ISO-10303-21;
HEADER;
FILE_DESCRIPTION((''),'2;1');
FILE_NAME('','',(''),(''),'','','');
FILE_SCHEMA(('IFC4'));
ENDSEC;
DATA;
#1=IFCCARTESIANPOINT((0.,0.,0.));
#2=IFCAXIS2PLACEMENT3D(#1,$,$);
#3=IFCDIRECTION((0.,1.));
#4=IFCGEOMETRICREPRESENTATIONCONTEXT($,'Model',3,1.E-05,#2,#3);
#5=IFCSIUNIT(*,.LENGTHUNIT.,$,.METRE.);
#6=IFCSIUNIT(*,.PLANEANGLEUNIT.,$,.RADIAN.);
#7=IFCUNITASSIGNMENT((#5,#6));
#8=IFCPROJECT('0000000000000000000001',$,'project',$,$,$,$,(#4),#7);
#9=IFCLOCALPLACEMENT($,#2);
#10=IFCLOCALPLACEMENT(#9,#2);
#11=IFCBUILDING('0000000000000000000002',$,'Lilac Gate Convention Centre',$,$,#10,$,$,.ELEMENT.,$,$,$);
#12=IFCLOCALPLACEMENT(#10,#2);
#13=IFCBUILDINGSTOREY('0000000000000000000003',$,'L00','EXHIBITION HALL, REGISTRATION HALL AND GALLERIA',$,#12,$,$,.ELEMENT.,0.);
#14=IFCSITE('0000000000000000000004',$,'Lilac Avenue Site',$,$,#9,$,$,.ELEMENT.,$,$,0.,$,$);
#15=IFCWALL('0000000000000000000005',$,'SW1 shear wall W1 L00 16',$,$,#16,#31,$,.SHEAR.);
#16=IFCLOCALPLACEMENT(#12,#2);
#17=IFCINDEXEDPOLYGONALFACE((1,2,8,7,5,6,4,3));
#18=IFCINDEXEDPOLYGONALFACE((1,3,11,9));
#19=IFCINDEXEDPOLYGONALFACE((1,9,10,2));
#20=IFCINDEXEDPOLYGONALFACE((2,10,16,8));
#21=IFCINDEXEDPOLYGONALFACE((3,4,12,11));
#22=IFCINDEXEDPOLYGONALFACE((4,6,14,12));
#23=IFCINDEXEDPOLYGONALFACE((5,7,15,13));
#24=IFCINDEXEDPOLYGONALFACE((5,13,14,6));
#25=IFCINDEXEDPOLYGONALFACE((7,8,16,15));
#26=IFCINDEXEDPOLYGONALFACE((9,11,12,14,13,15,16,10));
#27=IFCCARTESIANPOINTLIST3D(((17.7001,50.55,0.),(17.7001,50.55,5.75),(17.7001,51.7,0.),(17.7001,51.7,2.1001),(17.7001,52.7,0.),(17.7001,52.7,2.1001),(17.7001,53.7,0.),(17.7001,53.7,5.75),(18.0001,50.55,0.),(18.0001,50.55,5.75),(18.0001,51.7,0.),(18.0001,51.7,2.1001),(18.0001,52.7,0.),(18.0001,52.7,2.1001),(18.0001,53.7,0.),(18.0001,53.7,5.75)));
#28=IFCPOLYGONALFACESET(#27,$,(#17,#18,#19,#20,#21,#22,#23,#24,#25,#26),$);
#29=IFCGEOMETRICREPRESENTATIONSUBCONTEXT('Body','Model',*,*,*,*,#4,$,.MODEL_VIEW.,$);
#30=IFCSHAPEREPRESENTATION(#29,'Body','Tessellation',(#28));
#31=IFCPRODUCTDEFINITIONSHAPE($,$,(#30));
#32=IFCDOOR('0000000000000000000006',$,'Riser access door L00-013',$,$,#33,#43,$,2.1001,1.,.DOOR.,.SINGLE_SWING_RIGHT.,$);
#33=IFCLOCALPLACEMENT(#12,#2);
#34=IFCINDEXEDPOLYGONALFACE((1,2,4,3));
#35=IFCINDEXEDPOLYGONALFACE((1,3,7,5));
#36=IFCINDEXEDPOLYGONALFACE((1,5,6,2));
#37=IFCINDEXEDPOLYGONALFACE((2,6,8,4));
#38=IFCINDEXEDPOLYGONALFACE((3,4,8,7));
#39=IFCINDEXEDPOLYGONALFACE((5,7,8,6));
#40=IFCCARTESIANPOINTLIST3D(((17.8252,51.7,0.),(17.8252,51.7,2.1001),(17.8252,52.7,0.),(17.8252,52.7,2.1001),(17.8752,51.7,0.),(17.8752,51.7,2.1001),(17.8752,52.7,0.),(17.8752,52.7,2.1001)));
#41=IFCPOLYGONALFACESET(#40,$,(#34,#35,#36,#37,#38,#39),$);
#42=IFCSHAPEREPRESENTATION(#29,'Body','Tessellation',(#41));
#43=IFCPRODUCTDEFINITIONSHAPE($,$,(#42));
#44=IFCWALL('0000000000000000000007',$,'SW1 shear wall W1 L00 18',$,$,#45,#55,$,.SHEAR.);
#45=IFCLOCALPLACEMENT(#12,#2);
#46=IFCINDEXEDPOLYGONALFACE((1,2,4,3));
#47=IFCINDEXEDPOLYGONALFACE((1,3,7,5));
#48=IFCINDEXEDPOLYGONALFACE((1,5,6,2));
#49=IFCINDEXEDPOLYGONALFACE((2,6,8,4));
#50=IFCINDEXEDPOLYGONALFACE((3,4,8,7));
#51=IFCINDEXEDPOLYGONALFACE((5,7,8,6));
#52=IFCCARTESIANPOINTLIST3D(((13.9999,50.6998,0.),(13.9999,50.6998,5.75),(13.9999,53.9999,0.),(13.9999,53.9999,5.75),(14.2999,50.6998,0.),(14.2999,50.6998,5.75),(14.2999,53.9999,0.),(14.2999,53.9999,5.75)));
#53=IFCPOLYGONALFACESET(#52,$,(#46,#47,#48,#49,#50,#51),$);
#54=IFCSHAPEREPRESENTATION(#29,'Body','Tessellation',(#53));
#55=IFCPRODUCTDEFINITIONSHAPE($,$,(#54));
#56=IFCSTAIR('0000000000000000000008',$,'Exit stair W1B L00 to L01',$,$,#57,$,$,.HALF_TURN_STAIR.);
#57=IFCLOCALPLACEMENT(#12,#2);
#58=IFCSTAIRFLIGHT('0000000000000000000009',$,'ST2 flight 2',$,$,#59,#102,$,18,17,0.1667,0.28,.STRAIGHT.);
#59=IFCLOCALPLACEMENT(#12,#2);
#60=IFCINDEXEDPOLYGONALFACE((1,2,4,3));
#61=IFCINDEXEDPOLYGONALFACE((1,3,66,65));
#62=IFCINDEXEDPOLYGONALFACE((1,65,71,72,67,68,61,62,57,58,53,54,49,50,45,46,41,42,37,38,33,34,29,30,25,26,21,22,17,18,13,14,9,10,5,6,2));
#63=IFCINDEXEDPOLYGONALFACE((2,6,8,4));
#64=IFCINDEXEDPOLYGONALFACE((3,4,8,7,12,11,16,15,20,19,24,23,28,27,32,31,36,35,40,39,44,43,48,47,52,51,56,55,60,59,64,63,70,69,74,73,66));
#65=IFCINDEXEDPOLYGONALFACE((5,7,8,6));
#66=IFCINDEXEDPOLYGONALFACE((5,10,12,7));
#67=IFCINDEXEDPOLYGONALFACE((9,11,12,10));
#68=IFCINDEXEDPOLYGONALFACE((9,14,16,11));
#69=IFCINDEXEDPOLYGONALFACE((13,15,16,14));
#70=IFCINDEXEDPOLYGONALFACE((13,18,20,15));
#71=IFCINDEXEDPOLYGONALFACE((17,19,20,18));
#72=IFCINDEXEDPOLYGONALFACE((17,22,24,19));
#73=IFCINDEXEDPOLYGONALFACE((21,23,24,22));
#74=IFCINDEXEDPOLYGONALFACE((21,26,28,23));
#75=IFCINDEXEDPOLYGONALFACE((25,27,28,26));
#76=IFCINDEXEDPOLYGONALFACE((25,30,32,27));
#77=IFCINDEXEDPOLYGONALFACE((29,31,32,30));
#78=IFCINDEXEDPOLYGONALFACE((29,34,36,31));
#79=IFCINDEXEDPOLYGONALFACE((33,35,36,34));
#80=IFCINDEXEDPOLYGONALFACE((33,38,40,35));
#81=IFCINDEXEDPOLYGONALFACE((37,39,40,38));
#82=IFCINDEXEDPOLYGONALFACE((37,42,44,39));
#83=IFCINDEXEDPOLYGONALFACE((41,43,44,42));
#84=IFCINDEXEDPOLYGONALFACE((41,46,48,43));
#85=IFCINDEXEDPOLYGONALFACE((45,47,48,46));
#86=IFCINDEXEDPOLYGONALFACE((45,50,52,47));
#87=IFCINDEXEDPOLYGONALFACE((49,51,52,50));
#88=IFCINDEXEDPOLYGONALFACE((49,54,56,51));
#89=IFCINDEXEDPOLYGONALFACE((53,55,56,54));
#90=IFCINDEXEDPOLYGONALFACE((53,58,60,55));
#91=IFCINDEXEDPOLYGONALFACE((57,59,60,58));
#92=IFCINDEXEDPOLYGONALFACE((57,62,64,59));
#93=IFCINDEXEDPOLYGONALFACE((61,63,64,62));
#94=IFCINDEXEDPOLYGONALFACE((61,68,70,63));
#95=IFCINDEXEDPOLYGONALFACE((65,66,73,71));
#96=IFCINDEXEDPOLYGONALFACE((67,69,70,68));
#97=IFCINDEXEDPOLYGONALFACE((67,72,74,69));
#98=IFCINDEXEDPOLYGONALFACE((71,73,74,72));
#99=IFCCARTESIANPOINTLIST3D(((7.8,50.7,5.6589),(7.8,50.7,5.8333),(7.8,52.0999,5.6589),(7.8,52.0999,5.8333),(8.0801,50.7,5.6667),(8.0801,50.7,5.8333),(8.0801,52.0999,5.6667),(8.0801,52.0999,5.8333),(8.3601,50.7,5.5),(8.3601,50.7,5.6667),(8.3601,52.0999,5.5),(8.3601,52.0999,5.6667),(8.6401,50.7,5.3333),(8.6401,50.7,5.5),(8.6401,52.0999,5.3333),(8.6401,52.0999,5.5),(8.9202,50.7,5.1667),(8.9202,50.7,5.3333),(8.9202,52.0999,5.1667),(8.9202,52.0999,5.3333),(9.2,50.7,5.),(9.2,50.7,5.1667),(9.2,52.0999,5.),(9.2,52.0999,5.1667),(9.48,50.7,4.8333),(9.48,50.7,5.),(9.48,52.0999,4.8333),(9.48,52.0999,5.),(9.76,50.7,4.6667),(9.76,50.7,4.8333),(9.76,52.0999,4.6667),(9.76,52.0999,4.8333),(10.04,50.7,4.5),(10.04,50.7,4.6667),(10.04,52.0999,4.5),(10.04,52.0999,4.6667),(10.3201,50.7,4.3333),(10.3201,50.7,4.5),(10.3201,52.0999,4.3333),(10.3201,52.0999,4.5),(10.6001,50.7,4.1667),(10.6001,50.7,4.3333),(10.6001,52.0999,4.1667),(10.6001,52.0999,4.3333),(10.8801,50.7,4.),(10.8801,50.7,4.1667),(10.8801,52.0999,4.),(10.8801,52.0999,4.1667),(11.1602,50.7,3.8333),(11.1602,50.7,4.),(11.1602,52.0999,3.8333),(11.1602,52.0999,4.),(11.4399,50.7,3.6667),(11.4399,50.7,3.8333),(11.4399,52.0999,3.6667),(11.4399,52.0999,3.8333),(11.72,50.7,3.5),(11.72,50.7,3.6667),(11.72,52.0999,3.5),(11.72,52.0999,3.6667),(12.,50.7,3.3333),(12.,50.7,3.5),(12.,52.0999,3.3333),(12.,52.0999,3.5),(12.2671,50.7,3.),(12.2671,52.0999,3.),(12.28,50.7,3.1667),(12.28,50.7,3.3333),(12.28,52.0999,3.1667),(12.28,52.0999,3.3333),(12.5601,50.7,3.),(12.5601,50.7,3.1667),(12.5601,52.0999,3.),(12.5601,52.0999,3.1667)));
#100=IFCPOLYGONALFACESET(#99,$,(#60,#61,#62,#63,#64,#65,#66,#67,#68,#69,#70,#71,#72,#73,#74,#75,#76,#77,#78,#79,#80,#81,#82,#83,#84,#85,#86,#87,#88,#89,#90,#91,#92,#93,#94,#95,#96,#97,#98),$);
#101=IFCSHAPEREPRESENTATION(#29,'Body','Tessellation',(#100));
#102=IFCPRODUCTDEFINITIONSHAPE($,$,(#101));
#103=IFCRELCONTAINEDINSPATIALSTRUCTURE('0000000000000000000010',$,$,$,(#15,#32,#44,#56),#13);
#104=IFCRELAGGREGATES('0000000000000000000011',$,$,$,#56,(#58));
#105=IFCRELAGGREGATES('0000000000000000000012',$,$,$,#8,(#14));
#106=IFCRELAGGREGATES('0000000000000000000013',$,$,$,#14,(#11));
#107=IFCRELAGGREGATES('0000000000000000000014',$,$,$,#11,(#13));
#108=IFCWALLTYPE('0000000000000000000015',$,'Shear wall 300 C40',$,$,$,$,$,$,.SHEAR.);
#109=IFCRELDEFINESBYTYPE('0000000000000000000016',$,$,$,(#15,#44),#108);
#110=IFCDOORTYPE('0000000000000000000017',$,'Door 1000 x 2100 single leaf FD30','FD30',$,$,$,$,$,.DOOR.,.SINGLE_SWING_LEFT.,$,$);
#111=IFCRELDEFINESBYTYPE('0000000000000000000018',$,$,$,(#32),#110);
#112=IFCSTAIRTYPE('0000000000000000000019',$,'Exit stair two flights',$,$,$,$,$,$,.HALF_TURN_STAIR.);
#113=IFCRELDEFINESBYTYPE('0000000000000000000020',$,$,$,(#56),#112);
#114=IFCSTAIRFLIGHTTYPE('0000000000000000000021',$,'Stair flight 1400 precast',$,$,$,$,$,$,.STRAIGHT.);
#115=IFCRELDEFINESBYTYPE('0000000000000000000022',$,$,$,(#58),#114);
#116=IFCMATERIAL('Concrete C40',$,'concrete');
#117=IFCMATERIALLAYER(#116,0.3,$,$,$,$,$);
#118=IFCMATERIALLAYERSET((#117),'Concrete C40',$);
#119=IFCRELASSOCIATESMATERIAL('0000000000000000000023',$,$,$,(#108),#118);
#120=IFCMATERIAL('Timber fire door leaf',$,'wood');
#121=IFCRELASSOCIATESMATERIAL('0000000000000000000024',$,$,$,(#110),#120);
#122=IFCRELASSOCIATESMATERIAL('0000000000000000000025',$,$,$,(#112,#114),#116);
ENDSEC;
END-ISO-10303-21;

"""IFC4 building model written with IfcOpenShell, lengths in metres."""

from ifc_helpers import new_model, si_unit, direction, frame, frame_2d, origin, place, context, subcontext, project, spatial, polyline, rectangle, outline, extrude, material, layer, layer_set, type_object, element, fill, aggregate, save


model = new_model("IFC4")

# Units and contexts
model_context = context("Model", 3, precision=1e-05, world=origin(), true_north=direction((0.0, 1.0)))
body_context = subcontext(model_context, "Body", "Model", "MODEL_VIEW")
ifc_project = project(units=[si_unit("LENGTHUNIT", "METRE"), si_unit("PLANEANGLEUNIT", "RADIAN")], contexts=[model_context])

# Site, building, storey
site_placement = place(None, origin())
site = spatial("IfcSite", under=ifc_project, at=site_placement, Name="Lilac Avenue Site", CompositionType="ELEMENT", RefElevation=0.0)
building_placement = place(site_placement, origin())
building = spatial("IfcBuilding", under=site, at=building_placement, Name="Lilac Gate Convention Centre", CompositionType="ELEMENT")
storey_placement = place(building_placement, origin())
storey = spatial("IfcBuildingStorey", under=building, at=storey_placement, Name="L00", Description="EXHIBITION HALL, REGISTRATION HALL AND GALLERIA", CompositionType="ELEMENT", Elevation=0.0)

# Shared definitions
ifc_material_1 = material(Name="Concrete C40", Category="concrete")

# Shared definitions
ifc_layer_1 = layer(ifc_material_1, 0.3)
ifc_layer_set_1 = layer_set([ifc_layer_1], Name="Concrete C40")
wall_type_1 = type_object("IfcWallType", Name="Shear wall 300 C40", PredefinedType="SHEAR", material=ifc_layer_set_1)

# Shared definitions
ifc_material_2 = material(Name="Timber fire door leaf", Category="wood")

# Wall, opening, door
wall_1_placement = place(storey_placement, frame((17.8501, 50.55, 0.0), z_axis=(0.0, 0.0, 1.0), x_axis=(0.0, 1.0, 0.0)))
wall_1 = element("IfcWall", 1, at=wall_1_placement, inside=storey, type_object=wall_type_1, Name="SW1 shear wall W1 L00 16", PredefinedType="SHEAR", context=body_context, shape_type="SweptSolid", body=[
    extrude(rectangle(XDim=3.1499, YDim=0.3, at=frame_2d((1.575, 0.0))), origin(), (0.0, 0.0, 1.0), 5.75),
])
opening_1_placement = place(wall_1_placement, frame((1.1499, 0.0, 0.0)))
opening_1 = element("IfcOpeningElement", 2, at=opening_1_placement, cuts=wall_1, PredefinedType="OPENING", context=body_context, shape_type="SweptSolid", body=[
    extrude(rectangle(XDim=1.0, YDim=2.1001, at=frame_2d((0.5, 1.05))), frame((0.0, 0.1599, 0.0), z_axis=(0.0, -1.0, 0.0), x_axis=(1.0, 0.0, 0.0)), (0.0, 0.0, 1.0), 0.3201),
])
door_type_1 = type_object("IfcDoorType", Name="Door 1000 x 2100 single leaf FD30", Description="FD30", OperationType="SINGLE_SWING_LEFT", PredefinedType="DOOR", material=ifc_material_2)
door_1_placement = place(opening_1_placement, origin())
door_1 = element("IfcDoor", 3, at=door_1_placement, inside=storey, type_object=door_type_1, Name="Riser access door L00-013", OperationType="SINGLE_SWING_RIGHT", OverallHeight=2.1001, OverallWidth=1.0, PredefinedType="DOOR", context=body_context, shape_type="SweptSolid", body=[
    extrude(rectangle(XDim=1.0, YDim=2.1001, at=frame_2d((0.5, 1.05))), frame((0.0, 0.0249, 0.0), z_axis=(0.0, -1.0, 0.0), x_axis=(1.0, 0.0, 0.0)), (0.0, 0.0, 1.0), 0.05),
])
fill(opening_1, door_1)

# Wall
wall_2_placement = place(storey_placement, frame((14.1499, 50.7, 0.0), z_axis=(0.0, 0.0, 1.0), x_axis=(0.0, 1.0, 0.0)))
element("IfcWall", 4, at=wall_2_placement, inside=storey, type_object=wall_type_1, Name="SW1 shear wall W1 L00 18", PredefinedType="SHEAR", context=body_context, shape_type="SweptSolid", body=[
    extrude(rectangle(XDim=3.3, YDim=0.3, at=frame_2d((1.6499, 0.0))), origin(), (0.0, 0.0, 1.0), 5.75),
])

# Stair, stair flight
stair_type = type_object("IfcStairType", Name="Exit stair two flights", PredefinedType="HALF_TURN_STAIR", material=ifc_material_1)
stair_placement = place(storey_placement, origin())
stair = element("IfcStair", 5, at=stair_placement, inside=storey, type_object=stair_type, Name="Exit stair W1B L00 to L01", PredefinedType="HALF_TURN_STAIR")
stair_flight_type = type_object("IfcStairFlightType", Name="Stair flight 1400 precast", PredefinedType="STRAIGHT", material=ifc_material_1)
stair_flight_placement = place(storey_placement, frame((12.5601, 51.3999, 3.0), z_axis=(0.0, 0.0, 1.0), x_axis=(-1.0, 0.0, 0.0)))
stair_flight = element("IfcStairFlight", 6, at=stair_flight_placement, type_object=stair_flight_type, Name="ST2 flight 2", NumberOfRisers=18, NumberOfTreads=17, PredefinedType="STRAIGHT", RiserHeight=0.1667, TreadLength=0.28, context=body_context, shape_type="SweptSolid", body=[
    extrude(outline(polyline([(0.0, 0.0), (0.0, 0.1667), (0.28, 0.1667), (0.28, 0.3333), (0.5601, 0.3333), (0.5601, 0.5), (0.8401, 0.5), (0.8401, 0.6667), (1.1201, 0.6667), (1.1201, 0.8333), (1.3999, 0.8333), (1.3999, 1.0), (1.6799, 1.0), (1.6799, 1.1667), (1.96, 1.1667), (1.96, 1.3333), (2.24, 1.3333), (2.24, 1.5), (2.52, 1.5), (2.52, 1.6667), (2.8, 1.6667), (2.8, 1.8333), (3.0801, 1.8333), (3.0801, 2.0), (3.3601, 2.0), (3.3601, 2.1667), (3.6399, 2.1667), (3.6399, 2.3333), (3.9199, 2.3333), (3.9199, 2.5), (4.2, 2.5), (4.2, 2.6667), (4.48, 2.6667), (4.48, 2.8333), (4.76, 2.8333), (4.76, 3.0), (4.76, 2.6589), (0.293, 0.0), (0.0, 0.0)])), frame((0.0, 0.7, 0.0), z_axis=(0.0, -1.0, 0.0), x_axis=(1.0, 0.0, 0.0)), (0.0, 0.0, 1.0), 1.3999),
])
aggregate(stair, [stair_flight])

save(model, "model.ifc")
